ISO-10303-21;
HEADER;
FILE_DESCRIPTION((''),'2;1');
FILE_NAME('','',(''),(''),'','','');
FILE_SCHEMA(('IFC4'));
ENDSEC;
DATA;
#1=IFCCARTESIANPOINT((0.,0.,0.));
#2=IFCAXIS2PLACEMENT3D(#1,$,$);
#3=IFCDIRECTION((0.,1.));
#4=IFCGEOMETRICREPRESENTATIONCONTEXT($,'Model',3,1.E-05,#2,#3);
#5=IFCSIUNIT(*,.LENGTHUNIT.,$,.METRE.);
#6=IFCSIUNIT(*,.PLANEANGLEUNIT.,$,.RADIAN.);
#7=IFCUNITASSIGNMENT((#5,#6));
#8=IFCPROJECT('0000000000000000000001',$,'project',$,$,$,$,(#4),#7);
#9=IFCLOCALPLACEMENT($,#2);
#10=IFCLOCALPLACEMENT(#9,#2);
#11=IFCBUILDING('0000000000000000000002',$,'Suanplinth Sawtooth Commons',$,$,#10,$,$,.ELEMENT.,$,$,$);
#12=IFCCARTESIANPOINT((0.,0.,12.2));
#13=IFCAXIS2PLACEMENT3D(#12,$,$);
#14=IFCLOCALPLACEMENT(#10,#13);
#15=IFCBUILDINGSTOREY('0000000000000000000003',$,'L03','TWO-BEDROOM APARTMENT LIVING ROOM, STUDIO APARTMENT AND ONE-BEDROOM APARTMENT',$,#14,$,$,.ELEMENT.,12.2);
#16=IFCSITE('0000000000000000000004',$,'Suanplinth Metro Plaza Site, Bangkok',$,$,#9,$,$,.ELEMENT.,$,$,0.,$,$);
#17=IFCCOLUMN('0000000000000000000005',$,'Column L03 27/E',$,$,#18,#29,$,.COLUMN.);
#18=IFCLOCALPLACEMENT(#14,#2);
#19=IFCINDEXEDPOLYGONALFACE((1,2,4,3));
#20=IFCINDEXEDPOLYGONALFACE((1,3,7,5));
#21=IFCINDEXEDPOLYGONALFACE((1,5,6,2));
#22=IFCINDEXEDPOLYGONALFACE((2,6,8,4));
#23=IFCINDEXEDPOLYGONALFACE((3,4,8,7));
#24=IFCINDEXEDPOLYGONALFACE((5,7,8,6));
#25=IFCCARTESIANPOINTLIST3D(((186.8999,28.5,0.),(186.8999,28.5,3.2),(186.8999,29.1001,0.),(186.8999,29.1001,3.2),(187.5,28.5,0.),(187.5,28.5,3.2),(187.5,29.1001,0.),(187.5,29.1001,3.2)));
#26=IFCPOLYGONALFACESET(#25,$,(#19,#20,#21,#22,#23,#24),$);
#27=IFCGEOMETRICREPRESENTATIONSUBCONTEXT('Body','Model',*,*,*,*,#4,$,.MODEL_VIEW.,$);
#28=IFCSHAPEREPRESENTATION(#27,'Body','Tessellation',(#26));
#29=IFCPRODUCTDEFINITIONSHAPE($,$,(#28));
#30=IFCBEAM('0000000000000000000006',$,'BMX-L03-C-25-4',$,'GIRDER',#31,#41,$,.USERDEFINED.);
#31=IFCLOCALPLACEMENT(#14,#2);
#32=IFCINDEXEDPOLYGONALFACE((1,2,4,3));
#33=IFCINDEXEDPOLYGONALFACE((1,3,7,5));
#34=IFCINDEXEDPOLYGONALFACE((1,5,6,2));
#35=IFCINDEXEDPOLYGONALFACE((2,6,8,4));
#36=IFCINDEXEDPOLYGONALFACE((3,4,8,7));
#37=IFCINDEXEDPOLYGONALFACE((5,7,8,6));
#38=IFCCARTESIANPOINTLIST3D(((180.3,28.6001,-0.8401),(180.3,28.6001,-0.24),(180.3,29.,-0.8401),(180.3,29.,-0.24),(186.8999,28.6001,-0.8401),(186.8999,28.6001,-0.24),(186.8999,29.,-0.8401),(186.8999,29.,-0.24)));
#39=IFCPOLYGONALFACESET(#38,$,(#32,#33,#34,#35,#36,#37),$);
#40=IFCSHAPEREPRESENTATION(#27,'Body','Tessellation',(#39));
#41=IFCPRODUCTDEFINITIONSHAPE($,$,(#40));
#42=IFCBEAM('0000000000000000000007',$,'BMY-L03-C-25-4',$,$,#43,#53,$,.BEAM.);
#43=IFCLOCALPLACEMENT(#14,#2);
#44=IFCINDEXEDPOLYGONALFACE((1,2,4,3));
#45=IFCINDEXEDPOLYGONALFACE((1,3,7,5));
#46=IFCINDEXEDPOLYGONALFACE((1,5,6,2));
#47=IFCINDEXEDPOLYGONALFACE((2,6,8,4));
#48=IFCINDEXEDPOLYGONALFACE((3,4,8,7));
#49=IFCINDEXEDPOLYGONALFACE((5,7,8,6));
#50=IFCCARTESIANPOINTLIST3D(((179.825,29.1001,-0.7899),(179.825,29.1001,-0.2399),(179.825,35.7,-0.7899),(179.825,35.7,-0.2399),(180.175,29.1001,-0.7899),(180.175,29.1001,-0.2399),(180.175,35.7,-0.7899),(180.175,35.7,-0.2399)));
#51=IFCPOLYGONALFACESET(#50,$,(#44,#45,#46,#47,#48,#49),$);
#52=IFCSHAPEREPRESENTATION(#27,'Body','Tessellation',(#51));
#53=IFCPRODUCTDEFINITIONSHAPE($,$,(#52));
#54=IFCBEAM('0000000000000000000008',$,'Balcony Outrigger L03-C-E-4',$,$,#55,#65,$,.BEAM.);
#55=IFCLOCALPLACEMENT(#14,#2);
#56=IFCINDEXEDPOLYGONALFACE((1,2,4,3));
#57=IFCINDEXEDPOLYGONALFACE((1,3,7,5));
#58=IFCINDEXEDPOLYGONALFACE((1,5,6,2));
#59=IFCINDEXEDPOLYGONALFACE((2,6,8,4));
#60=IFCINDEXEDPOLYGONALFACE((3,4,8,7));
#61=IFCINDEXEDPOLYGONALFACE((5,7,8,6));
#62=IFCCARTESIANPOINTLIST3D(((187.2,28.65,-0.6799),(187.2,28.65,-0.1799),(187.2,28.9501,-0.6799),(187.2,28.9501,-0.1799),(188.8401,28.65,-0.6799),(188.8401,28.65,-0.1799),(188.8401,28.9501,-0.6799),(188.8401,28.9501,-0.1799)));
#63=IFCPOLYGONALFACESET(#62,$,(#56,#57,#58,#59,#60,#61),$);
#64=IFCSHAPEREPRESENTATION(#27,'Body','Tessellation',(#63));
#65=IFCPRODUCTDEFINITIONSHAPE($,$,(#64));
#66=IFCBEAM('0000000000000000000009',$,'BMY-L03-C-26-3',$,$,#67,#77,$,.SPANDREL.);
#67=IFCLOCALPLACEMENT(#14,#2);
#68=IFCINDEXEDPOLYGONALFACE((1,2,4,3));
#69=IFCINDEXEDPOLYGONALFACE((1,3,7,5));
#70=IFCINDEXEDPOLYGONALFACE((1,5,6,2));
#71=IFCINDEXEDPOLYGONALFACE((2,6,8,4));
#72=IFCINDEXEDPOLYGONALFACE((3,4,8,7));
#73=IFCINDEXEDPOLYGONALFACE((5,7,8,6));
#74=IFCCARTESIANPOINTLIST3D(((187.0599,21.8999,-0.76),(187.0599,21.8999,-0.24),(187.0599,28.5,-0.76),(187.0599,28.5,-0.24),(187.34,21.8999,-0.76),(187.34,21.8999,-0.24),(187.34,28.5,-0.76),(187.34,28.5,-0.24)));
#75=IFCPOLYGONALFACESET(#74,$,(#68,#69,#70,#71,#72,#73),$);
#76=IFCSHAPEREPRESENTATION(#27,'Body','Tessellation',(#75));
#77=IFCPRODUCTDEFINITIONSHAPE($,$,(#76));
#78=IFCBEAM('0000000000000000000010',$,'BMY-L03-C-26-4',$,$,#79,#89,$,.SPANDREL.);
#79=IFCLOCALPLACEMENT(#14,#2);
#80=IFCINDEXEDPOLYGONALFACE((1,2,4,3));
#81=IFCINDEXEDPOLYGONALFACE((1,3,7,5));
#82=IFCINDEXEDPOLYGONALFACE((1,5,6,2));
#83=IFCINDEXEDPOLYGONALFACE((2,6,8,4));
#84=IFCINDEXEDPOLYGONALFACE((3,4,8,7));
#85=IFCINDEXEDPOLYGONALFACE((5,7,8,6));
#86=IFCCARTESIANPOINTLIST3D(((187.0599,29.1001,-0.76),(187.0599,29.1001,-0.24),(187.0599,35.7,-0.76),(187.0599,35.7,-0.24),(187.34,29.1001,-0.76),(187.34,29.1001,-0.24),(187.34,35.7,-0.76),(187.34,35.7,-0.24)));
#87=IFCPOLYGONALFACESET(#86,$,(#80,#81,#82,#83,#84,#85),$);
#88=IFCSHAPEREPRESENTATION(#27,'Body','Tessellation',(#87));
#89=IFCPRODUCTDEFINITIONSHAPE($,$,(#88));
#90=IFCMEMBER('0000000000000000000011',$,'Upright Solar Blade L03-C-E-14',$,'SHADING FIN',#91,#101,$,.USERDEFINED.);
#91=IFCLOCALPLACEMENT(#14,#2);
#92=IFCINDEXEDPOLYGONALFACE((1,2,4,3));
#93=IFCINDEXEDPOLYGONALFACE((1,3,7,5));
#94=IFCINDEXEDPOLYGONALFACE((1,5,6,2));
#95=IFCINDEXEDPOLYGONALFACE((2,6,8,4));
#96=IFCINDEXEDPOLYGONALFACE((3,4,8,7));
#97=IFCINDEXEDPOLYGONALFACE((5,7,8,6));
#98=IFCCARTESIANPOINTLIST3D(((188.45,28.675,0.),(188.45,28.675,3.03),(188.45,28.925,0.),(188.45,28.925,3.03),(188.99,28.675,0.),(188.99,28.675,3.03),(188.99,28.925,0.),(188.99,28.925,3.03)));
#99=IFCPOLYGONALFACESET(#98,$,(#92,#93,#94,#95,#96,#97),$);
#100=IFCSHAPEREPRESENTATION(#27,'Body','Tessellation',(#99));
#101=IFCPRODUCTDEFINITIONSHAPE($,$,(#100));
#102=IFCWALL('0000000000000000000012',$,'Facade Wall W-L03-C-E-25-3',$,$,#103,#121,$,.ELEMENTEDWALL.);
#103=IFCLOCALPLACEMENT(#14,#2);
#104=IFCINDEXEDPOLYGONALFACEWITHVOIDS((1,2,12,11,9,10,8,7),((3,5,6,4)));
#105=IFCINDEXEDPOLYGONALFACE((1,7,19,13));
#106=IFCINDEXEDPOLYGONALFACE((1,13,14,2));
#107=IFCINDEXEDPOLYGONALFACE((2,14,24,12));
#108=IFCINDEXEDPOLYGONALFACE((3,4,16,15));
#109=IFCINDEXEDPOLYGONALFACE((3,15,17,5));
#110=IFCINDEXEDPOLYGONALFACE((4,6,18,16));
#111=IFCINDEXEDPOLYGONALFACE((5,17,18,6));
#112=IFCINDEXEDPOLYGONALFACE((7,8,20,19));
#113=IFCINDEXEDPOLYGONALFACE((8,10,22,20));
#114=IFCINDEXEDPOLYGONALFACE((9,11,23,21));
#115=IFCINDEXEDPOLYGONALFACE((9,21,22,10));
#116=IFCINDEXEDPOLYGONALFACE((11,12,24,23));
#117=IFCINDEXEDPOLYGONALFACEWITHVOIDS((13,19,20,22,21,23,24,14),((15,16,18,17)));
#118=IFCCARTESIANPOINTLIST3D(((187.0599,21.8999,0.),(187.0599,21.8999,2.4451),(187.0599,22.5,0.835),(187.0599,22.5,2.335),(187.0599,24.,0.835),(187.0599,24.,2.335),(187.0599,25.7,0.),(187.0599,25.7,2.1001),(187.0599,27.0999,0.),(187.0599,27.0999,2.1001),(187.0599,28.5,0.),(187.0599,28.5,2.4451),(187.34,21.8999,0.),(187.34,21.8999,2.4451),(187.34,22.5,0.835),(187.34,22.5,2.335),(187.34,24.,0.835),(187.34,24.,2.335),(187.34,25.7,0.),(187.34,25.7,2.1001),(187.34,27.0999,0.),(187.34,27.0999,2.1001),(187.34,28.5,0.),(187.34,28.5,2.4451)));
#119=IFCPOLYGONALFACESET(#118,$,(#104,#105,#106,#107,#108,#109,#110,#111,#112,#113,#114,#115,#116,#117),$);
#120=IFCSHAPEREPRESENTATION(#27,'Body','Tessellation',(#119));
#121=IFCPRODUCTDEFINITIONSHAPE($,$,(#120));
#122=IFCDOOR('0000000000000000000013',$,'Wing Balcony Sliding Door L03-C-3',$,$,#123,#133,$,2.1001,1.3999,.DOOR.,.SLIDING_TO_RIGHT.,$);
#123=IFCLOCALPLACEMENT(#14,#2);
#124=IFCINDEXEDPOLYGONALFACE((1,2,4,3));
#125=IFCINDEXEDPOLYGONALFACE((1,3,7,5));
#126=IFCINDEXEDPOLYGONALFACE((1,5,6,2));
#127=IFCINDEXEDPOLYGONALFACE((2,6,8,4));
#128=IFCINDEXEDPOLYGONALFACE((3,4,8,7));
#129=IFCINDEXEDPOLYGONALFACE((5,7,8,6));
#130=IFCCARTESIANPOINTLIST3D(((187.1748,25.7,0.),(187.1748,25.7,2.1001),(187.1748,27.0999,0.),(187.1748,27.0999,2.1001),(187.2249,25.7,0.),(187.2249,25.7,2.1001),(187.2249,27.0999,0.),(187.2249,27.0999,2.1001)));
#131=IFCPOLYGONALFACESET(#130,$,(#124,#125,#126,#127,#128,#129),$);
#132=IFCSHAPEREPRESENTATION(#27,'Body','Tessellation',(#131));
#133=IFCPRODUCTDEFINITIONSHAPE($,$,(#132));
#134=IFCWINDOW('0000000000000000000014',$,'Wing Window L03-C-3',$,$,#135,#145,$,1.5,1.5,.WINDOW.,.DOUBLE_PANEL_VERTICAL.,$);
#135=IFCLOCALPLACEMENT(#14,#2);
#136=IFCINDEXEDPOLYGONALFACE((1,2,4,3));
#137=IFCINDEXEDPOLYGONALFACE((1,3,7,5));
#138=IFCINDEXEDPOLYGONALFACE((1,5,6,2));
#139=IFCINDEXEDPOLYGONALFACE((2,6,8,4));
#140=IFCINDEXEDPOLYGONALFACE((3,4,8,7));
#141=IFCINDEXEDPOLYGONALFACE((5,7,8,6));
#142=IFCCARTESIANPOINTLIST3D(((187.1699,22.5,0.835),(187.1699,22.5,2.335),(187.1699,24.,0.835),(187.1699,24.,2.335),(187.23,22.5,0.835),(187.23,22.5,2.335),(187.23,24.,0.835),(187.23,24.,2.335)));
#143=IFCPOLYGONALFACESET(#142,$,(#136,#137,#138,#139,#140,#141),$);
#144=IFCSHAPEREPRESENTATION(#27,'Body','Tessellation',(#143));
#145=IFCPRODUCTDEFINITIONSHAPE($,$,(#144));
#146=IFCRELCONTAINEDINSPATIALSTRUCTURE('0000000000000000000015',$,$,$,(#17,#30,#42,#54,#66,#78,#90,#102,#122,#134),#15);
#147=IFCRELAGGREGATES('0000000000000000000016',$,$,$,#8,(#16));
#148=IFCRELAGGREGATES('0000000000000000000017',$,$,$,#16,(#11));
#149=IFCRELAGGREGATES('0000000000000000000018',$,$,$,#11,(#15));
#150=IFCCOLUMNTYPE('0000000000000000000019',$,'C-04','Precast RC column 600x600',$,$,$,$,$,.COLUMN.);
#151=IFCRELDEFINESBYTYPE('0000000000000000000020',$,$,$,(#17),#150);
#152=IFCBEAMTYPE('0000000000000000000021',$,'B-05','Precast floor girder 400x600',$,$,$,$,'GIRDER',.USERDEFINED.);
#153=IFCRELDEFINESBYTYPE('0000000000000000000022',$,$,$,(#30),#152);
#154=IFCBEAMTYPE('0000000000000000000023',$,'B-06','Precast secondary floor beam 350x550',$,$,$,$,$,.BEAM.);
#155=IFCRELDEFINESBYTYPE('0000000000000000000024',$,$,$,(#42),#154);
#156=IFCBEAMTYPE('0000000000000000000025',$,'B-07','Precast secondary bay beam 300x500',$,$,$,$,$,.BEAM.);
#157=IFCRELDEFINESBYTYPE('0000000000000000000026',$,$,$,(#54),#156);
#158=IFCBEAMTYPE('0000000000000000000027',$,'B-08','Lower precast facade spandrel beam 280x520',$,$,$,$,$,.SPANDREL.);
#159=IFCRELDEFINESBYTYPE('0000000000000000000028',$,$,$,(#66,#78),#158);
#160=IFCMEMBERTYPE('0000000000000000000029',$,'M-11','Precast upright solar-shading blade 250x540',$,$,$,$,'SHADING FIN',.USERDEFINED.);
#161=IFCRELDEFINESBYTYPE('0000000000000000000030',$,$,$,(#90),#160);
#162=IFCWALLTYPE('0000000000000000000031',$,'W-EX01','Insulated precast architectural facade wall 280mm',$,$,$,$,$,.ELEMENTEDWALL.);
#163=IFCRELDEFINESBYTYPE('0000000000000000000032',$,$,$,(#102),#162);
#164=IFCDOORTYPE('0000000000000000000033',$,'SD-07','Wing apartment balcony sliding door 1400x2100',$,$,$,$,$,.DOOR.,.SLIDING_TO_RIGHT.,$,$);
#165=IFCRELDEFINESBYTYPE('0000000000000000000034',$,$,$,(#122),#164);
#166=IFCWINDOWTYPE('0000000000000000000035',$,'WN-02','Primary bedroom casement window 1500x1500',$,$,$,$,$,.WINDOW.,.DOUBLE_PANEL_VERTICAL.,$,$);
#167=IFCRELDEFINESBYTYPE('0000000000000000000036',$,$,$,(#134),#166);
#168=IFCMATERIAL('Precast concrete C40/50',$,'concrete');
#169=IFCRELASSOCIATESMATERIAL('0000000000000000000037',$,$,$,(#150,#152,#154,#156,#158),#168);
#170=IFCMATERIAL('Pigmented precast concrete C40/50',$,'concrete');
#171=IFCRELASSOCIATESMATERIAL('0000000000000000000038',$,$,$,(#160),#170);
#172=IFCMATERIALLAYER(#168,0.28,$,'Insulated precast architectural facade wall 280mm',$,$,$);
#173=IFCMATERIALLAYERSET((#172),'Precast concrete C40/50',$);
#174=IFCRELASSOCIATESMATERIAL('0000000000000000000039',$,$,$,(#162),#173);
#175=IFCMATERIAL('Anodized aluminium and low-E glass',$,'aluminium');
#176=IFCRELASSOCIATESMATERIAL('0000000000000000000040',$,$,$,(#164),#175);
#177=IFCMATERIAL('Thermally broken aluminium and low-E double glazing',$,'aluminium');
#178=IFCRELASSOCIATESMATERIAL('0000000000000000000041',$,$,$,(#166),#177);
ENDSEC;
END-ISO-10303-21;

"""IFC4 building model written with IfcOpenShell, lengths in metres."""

from ifc_helpers import new_model, si_unit, direction, frame, frame_2d, origin, origin_2d, place, context, subcontext, project, spatial, rectangle, extrude, material, layer, layer_set, material_profile, profile_set, type_object, element, fill, save


model = new_model("IFC4")

# Units and contexts
model_context = context("Model", 3, precision=1e-05, world=origin(), true_north=direction((0.0, 1.0)))
body_context = subcontext(model_context, "Body", "Model", "MODEL_VIEW")
ifc_project = project(units=[si_unit("LENGTHUNIT", "METRE"), si_unit("PLANEANGLEUNIT", "RADIAN")], contexts=[model_context])

# Site, building, storey
site_placement = place(None, origin())
site = spatial("IfcSite", under=ifc_project, at=site_placement, Name="Suanplinth Metro Plaza Site, Bangkok", CompositionType="ELEMENT", RefElevation=0.0)
building_placement = place(site_placement, origin())
building = spatial("IfcBuilding", under=site, at=building_placement, Name="Suanplinth Sawtooth Commons", CompositionType="ELEMENT")
storey_placement = place(building_placement, frame((0.0, 0.0, 12.2)))
storey = spatial("IfcBuildingStorey", under=building, at=storey_placement, Name="L03", Description="TWO-BEDROOM APARTMENT LIVING ROOM, STUDIO APARTMENT AND ONE-BEDROOM APARTMENT", CompositionType="ELEMENT", Elevation=12.2)

# Column
ifc_material_1 = material(Name="Precast concrete C40/50", Category="concrete")
ifc_material_profile_1 = material_profile(ifc_material_1, rectangle(XDim=0.6001, YDim=0.6001, at=origin_2d()), Name="PC-COL 600x600")
ifc_profile_set_1 = profile_set([ifc_material_profile_1], Name="Precast concrete C40/50")
column_type = type_object("IfcColumnType", Name="C-04", Description="Precast RC column 600x600", PredefinedType="COLUMN", material=ifc_profile_set_1)
column_placement = place(storey_placement, frame((187.2, 28.8, 0.0), z_axis=(0.0, 0.0, 1.0), x_axis=(1.0, 0.0, 0.0)))
element("IfcColumn", 1, at=column_placement, inside=storey, type_object=column_type, Name="Column L03 27/E", PredefinedType="COLUMN", context=body_context, shape_type="SweptSolid", body=[
    extrude(rectangle(XDim=0.6001, YDim=0.6001, at=origin_2d()), origin(), (0.0, 0.0, 1.0), 3.2),
])

# Beams
ifc_material_profile_2 = material_profile(ifc_material_1, rectangle(XDim=0.3999, YDim=0.6001, at=origin_2d()), Name="PC-GDR 400x600")
ifc_profile_set_2 = profile_set([ifc_material_profile_2], Name="Precast concrete C40/50")
beam_type_1 = type_object("IfcBeamType", Name="B-05", Description="Precast floor girder 400x600", ElementType="GIRDER", PredefinedType="USERDEFINED", material=ifc_profile_set_2)
beam_1_placement = place(storey_placement, frame((180.3, 28.8, -0.54), z_axis=(1.0, 0.0, 0.0), x_axis=(0.0, 1.0, 0.0)))
element("IfcBeam", 2, at=beam_1_placement, inside=storey, type_object=beam_type_1, Name="BMX-L03-C-25-4", ObjectType="GIRDER", PredefinedType="USERDEFINED", context=body_context, shape_type="SweptSolid", body=[
    extrude(rectangle(XDim=0.3999, YDim=0.6001, at=origin_2d()), origin(), (0.0, 0.0, 1.0), 6.5999),
])
ifc_material_profile_3 = material_profile(ifc_material_1, rectangle(XDim=0.3501, YDim=0.55, at=origin_2d()), Name="PC-BM 350x550")
ifc_profile_set_3 = profile_set([ifc_material_profile_3], Name="Precast concrete C40/50")
beam_type_2 = type_object("IfcBeamType", Name="B-06", Description="Precast secondary floor beam 350x550", PredefinedType="BEAM", material=ifc_profile_set_3)
beam_2_placement = place(storey_placement, frame((180.0, 29.1001, -0.5149), z_axis=(0.0, 1.0, 0.0), x_axis=(-1.0, 0.0, 0.0)))
element("IfcBeam", 3, at=beam_2_placement, inside=storey, type_object=beam_type_2, Name="BMY-L03-C-25-4", PredefinedType="BEAM", context=body_context, shape_type="SweptSolid", body=[
    extrude(rectangle(XDim=0.3501, YDim=0.55, at=origin_2d()), origin(), (0.0, 0.0, 1.0), 6.5999),
])
ifc_material_profile_4 = material_profile(ifc_material_1, rectangle(XDim=0.3, YDim=0.5, at=origin_2d()), Name="PC-BM 300x500")
ifc_profile_set_4 = profile_set([ifc_material_profile_4], Name="Precast concrete C40/50")
beam_type_3 = type_object("IfcBeamType", Name="B-07", Description="Precast secondary bay beam 300x500", PredefinedType="BEAM", material=ifc_profile_set_4)
beam_3_placement = place(storey_placement, frame((187.2, 28.8, -0.4299), z_axis=(1.0, 0.0, 0.0), x_axis=(0.0, 1.0, 0.0)))
element("IfcBeam", 4, at=beam_3_placement, inside=storey, type_object=beam_type_3, Name="Balcony Outrigger L03-C-E-4", PredefinedType="BEAM", context=body_context, shape_type="SweptSolid", body=[
    extrude(rectangle(XDim=0.3, YDim=0.5, at=origin_2d()), origin(), (0.0, 0.0, 1.0), 1.6401),
])
ifc_material_profile_5 = material_profile(ifc_material_1, rectangle(XDim=0.28, YDim=0.52, at=origin_2d()), Name="PC-SP 280x520")
ifc_profile_set_5 = profile_set([ifc_material_profile_5], Name="Precast concrete C40/50")
beam_type_4 = type_object("IfcBeamType", Name="B-08", Description="Lower precast facade spandrel beam 280x520", PredefinedType="SPANDREL", material=ifc_profile_set_5)
beam_4_placement = place(storey_placement, frame((187.2, 21.8999, -0.5), z_axis=(0.0, 1.0, 0.0), x_axis=(-1.0, 0.0, 0.0)))
element("IfcBeam", 5, at=beam_4_placement, inside=storey, type_object=beam_type_4, Name="BMY-L03-C-26-3", PredefinedType="SPANDREL", context=body_context, shape_type="SweptSolid", body=[
    extrude(rectangle(XDim=0.28, YDim=0.52, at=origin_2d()), origin(), (0.0, 0.0, 1.0), 6.6001),
])
beam_5_placement = place(storey_placement, frame((187.2, 29.1001, -0.5), z_axis=(0.0, 1.0, 0.0), x_axis=(-1.0, 0.0, 0.0)))
element("IfcBeam", 6, at=beam_5_placement, inside=storey, type_object=beam_type_4, Name="BMY-L03-C-26-4", PredefinedType="SPANDREL", context=body_context, shape_type="SweptSolid", body=[
    extrude(rectangle(XDim=0.28, YDim=0.52, at=origin_2d()), origin(), (0.0, 0.0, 1.0), 6.5999),
])

# Member
ifc_material_2 = material(Name="Pigmented precast concrete C40/50", Category="concrete")
ifc_material_profile_6 = material_profile(ifc_material_2, rectangle(XDim=0.25, YDim=0.54, at=origin_2d()), Name="PC-FIN 250x540")
ifc_profile_set_6 = profile_set([ifc_material_profile_6], Name="Pigmented precast concrete C40/50")
member_type = type_object("IfcMemberType", Name="M-11", Description="Precast upright solar-shading blade 250x540", ElementType="SHADING FIN", PredefinedType="USERDEFINED", material=ifc_profile_set_6)
member_placement = place(storey_placement, frame((188.72, 28.8, 0.0), z_axis=(0.0, 0.0, 1.0), x_axis=(0.0, 1.0, 0.0)))
element("IfcMember", 7, at=member_placement, inside=storey, type_object=member_type, Name="Upright Solar Blade L03-C-E-14", ObjectType="SHADING FIN", PredefinedType="USERDEFINED", context=body_context, shape_type="SweptSolid", body=[
    extrude(rectangle(XDim=0.25, YDim=0.54, at=origin_2d()), origin(), (0.0, 0.0, 1.0), 3.03),
])

# Wall, openings, door, window
ifc_layer_1 = layer(ifc_material_1, 0.28, Name="Insulated precast architectural facade wall 280mm")
ifc_layer_set_1 = layer_set([ifc_layer_1], Name="Precast concrete C40/50")
wall_type_1 = type_object("IfcWallType", Name="W-EX01", Description="Insulated precast architectural facade wall 280mm", PredefinedType="ELEMENTEDWALL", material=ifc_layer_set_1)
wall_1_placement = place(storey_placement, frame((187.2, 21.8999, 0.0), z_axis=(0.0, 0.0, 1.0), x_axis=(0.0, 1.0, 0.0)))
wall_1 = element("IfcWall", 8, at=wall_1_placement, inside=storey, type_object=wall_type_1, Name="Facade Wall W-L03-C-E-25-3", PredefinedType="ELEMENTEDWALL", context=body_context, shape_type="SweptSolid", body=[
    extrude(rectangle(XDim=6.6001, YDim=0.28, at=frame_2d((3.3, 0.0))), origin(), (0.0, 0.0, 1.0), 2.4451),
])
opening_1_placement = place(wall_1_placement, frame((3.8, 0.0, 0.0)))
opening_1 = element("IfcOpeningElement", 9, at=opening_1_placement, cuts=wall_1, PredefinedType="OPENING", context=body_context, shape_type="SweptSolid", body=[
    extrude(rectangle(XDim=1.3999, YDim=2.1001, at=frame_2d((0.7, 1.05))), frame((0.0, 0.1548, 0.0), z_axis=(0.0, -1.0, 0.0), x_axis=(1.0, 0.0, 0.0)), (0.0, 0.0, 1.0), 0.3098),
])
opening_2_placement = place(wall_1_placement, frame((0.6001, 0.0, 0.835)))
opening_2 = element("IfcOpeningElement", 10, at=opening_2_placement, cuts=wall_1, PredefinedType="OPENING", context=body_context, shape_type="SweptSolid", body=[
    extrude(rectangle(XDim=1.5, YDim=1.5, at=frame_2d((0.75, 0.75))), frame((0.0, 0.1548, 0.0), z_axis=(0.0, -1.0, 0.0), x_axis=(1.0, 0.0, 0.0)), (0.0, 0.0, 1.0), 0.3098),
])
ifc_material_3 = material(Name="Anodized aluminium and low-E glass", Category="aluminium")
door_type_1 = type_object("IfcDoorType", Name="SD-07", Description="Wing apartment balcony sliding door 1400x2100", OperationType="SLIDING_TO_RIGHT", PredefinedType="DOOR", material=ifc_material_3)
door_1_placement = place(opening_1_placement, frame((1.3999, 0.0, 0.0), z_axis=(0.0, 0.0, 1.0), x_axis=(-1.0, 0.0, 0.0)))
door_1 = element("IfcDoor", 11, at=door_1_placement, inside=storey, type_object=door_type_1, Name="Wing Balcony Sliding Door L03-C-3", OperationType="SLIDING_TO_RIGHT", OverallHeight=2.1001, OverallWidth=1.3999, PredefinedType="DOOR", context=body_context, shape_type="SweptSolid", body=[
    extrude(rectangle(XDim=1.3999, YDim=2.1001, at=frame_2d((0.7, 1.05))), frame((0.0, 0.0249, 0.0), z_axis=(0.0, -1.0, 0.0), x_axis=(1.0, 0.0, 0.0)), (0.0, 0.0, 1.0), 0.05),
])
fill(opening_1, door_1)
ifc_material_4 = material(Name="Thermally broken aluminium and low-E double glazing", Category="aluminium")
window_type = type_object("IfcWindowType", Name="WN-02", Description="Primary bedroom casement window 1500x1500", PartitioningType="DOUBLE_PANEL_VERTICAL", PredefinedType="WINDOW", material=ifc_material_4)
window_1_placement = place(opening_2_placement, origin())
window_1 = element("IfcWindow", 12, at=window_1_placement, inside=storey, type_object=window_type, Name="Wing Window L03-C-3", OverallHeight=1.5, OverallWidth=1.5, PartitioningType="DOUBLE_PANEL_VERTICAL", PredefinedType="WINDOW", context=body_context, shape_type="SweptSolid", body=[
    extrude(rectangle(XDim=1.5, YDim=1.5, at=frame_2d((0.75, 0.75))), frame((0.0, 0.03, 0.0), z_axis=(0.0, -1.0, 0.0), x_axis=(1.0, 0.0, 0.0)), (0.0, 0.0, 1.0), 0.0601),
])
fill(opening_2, window_1)

save(model, "model.ifc")
